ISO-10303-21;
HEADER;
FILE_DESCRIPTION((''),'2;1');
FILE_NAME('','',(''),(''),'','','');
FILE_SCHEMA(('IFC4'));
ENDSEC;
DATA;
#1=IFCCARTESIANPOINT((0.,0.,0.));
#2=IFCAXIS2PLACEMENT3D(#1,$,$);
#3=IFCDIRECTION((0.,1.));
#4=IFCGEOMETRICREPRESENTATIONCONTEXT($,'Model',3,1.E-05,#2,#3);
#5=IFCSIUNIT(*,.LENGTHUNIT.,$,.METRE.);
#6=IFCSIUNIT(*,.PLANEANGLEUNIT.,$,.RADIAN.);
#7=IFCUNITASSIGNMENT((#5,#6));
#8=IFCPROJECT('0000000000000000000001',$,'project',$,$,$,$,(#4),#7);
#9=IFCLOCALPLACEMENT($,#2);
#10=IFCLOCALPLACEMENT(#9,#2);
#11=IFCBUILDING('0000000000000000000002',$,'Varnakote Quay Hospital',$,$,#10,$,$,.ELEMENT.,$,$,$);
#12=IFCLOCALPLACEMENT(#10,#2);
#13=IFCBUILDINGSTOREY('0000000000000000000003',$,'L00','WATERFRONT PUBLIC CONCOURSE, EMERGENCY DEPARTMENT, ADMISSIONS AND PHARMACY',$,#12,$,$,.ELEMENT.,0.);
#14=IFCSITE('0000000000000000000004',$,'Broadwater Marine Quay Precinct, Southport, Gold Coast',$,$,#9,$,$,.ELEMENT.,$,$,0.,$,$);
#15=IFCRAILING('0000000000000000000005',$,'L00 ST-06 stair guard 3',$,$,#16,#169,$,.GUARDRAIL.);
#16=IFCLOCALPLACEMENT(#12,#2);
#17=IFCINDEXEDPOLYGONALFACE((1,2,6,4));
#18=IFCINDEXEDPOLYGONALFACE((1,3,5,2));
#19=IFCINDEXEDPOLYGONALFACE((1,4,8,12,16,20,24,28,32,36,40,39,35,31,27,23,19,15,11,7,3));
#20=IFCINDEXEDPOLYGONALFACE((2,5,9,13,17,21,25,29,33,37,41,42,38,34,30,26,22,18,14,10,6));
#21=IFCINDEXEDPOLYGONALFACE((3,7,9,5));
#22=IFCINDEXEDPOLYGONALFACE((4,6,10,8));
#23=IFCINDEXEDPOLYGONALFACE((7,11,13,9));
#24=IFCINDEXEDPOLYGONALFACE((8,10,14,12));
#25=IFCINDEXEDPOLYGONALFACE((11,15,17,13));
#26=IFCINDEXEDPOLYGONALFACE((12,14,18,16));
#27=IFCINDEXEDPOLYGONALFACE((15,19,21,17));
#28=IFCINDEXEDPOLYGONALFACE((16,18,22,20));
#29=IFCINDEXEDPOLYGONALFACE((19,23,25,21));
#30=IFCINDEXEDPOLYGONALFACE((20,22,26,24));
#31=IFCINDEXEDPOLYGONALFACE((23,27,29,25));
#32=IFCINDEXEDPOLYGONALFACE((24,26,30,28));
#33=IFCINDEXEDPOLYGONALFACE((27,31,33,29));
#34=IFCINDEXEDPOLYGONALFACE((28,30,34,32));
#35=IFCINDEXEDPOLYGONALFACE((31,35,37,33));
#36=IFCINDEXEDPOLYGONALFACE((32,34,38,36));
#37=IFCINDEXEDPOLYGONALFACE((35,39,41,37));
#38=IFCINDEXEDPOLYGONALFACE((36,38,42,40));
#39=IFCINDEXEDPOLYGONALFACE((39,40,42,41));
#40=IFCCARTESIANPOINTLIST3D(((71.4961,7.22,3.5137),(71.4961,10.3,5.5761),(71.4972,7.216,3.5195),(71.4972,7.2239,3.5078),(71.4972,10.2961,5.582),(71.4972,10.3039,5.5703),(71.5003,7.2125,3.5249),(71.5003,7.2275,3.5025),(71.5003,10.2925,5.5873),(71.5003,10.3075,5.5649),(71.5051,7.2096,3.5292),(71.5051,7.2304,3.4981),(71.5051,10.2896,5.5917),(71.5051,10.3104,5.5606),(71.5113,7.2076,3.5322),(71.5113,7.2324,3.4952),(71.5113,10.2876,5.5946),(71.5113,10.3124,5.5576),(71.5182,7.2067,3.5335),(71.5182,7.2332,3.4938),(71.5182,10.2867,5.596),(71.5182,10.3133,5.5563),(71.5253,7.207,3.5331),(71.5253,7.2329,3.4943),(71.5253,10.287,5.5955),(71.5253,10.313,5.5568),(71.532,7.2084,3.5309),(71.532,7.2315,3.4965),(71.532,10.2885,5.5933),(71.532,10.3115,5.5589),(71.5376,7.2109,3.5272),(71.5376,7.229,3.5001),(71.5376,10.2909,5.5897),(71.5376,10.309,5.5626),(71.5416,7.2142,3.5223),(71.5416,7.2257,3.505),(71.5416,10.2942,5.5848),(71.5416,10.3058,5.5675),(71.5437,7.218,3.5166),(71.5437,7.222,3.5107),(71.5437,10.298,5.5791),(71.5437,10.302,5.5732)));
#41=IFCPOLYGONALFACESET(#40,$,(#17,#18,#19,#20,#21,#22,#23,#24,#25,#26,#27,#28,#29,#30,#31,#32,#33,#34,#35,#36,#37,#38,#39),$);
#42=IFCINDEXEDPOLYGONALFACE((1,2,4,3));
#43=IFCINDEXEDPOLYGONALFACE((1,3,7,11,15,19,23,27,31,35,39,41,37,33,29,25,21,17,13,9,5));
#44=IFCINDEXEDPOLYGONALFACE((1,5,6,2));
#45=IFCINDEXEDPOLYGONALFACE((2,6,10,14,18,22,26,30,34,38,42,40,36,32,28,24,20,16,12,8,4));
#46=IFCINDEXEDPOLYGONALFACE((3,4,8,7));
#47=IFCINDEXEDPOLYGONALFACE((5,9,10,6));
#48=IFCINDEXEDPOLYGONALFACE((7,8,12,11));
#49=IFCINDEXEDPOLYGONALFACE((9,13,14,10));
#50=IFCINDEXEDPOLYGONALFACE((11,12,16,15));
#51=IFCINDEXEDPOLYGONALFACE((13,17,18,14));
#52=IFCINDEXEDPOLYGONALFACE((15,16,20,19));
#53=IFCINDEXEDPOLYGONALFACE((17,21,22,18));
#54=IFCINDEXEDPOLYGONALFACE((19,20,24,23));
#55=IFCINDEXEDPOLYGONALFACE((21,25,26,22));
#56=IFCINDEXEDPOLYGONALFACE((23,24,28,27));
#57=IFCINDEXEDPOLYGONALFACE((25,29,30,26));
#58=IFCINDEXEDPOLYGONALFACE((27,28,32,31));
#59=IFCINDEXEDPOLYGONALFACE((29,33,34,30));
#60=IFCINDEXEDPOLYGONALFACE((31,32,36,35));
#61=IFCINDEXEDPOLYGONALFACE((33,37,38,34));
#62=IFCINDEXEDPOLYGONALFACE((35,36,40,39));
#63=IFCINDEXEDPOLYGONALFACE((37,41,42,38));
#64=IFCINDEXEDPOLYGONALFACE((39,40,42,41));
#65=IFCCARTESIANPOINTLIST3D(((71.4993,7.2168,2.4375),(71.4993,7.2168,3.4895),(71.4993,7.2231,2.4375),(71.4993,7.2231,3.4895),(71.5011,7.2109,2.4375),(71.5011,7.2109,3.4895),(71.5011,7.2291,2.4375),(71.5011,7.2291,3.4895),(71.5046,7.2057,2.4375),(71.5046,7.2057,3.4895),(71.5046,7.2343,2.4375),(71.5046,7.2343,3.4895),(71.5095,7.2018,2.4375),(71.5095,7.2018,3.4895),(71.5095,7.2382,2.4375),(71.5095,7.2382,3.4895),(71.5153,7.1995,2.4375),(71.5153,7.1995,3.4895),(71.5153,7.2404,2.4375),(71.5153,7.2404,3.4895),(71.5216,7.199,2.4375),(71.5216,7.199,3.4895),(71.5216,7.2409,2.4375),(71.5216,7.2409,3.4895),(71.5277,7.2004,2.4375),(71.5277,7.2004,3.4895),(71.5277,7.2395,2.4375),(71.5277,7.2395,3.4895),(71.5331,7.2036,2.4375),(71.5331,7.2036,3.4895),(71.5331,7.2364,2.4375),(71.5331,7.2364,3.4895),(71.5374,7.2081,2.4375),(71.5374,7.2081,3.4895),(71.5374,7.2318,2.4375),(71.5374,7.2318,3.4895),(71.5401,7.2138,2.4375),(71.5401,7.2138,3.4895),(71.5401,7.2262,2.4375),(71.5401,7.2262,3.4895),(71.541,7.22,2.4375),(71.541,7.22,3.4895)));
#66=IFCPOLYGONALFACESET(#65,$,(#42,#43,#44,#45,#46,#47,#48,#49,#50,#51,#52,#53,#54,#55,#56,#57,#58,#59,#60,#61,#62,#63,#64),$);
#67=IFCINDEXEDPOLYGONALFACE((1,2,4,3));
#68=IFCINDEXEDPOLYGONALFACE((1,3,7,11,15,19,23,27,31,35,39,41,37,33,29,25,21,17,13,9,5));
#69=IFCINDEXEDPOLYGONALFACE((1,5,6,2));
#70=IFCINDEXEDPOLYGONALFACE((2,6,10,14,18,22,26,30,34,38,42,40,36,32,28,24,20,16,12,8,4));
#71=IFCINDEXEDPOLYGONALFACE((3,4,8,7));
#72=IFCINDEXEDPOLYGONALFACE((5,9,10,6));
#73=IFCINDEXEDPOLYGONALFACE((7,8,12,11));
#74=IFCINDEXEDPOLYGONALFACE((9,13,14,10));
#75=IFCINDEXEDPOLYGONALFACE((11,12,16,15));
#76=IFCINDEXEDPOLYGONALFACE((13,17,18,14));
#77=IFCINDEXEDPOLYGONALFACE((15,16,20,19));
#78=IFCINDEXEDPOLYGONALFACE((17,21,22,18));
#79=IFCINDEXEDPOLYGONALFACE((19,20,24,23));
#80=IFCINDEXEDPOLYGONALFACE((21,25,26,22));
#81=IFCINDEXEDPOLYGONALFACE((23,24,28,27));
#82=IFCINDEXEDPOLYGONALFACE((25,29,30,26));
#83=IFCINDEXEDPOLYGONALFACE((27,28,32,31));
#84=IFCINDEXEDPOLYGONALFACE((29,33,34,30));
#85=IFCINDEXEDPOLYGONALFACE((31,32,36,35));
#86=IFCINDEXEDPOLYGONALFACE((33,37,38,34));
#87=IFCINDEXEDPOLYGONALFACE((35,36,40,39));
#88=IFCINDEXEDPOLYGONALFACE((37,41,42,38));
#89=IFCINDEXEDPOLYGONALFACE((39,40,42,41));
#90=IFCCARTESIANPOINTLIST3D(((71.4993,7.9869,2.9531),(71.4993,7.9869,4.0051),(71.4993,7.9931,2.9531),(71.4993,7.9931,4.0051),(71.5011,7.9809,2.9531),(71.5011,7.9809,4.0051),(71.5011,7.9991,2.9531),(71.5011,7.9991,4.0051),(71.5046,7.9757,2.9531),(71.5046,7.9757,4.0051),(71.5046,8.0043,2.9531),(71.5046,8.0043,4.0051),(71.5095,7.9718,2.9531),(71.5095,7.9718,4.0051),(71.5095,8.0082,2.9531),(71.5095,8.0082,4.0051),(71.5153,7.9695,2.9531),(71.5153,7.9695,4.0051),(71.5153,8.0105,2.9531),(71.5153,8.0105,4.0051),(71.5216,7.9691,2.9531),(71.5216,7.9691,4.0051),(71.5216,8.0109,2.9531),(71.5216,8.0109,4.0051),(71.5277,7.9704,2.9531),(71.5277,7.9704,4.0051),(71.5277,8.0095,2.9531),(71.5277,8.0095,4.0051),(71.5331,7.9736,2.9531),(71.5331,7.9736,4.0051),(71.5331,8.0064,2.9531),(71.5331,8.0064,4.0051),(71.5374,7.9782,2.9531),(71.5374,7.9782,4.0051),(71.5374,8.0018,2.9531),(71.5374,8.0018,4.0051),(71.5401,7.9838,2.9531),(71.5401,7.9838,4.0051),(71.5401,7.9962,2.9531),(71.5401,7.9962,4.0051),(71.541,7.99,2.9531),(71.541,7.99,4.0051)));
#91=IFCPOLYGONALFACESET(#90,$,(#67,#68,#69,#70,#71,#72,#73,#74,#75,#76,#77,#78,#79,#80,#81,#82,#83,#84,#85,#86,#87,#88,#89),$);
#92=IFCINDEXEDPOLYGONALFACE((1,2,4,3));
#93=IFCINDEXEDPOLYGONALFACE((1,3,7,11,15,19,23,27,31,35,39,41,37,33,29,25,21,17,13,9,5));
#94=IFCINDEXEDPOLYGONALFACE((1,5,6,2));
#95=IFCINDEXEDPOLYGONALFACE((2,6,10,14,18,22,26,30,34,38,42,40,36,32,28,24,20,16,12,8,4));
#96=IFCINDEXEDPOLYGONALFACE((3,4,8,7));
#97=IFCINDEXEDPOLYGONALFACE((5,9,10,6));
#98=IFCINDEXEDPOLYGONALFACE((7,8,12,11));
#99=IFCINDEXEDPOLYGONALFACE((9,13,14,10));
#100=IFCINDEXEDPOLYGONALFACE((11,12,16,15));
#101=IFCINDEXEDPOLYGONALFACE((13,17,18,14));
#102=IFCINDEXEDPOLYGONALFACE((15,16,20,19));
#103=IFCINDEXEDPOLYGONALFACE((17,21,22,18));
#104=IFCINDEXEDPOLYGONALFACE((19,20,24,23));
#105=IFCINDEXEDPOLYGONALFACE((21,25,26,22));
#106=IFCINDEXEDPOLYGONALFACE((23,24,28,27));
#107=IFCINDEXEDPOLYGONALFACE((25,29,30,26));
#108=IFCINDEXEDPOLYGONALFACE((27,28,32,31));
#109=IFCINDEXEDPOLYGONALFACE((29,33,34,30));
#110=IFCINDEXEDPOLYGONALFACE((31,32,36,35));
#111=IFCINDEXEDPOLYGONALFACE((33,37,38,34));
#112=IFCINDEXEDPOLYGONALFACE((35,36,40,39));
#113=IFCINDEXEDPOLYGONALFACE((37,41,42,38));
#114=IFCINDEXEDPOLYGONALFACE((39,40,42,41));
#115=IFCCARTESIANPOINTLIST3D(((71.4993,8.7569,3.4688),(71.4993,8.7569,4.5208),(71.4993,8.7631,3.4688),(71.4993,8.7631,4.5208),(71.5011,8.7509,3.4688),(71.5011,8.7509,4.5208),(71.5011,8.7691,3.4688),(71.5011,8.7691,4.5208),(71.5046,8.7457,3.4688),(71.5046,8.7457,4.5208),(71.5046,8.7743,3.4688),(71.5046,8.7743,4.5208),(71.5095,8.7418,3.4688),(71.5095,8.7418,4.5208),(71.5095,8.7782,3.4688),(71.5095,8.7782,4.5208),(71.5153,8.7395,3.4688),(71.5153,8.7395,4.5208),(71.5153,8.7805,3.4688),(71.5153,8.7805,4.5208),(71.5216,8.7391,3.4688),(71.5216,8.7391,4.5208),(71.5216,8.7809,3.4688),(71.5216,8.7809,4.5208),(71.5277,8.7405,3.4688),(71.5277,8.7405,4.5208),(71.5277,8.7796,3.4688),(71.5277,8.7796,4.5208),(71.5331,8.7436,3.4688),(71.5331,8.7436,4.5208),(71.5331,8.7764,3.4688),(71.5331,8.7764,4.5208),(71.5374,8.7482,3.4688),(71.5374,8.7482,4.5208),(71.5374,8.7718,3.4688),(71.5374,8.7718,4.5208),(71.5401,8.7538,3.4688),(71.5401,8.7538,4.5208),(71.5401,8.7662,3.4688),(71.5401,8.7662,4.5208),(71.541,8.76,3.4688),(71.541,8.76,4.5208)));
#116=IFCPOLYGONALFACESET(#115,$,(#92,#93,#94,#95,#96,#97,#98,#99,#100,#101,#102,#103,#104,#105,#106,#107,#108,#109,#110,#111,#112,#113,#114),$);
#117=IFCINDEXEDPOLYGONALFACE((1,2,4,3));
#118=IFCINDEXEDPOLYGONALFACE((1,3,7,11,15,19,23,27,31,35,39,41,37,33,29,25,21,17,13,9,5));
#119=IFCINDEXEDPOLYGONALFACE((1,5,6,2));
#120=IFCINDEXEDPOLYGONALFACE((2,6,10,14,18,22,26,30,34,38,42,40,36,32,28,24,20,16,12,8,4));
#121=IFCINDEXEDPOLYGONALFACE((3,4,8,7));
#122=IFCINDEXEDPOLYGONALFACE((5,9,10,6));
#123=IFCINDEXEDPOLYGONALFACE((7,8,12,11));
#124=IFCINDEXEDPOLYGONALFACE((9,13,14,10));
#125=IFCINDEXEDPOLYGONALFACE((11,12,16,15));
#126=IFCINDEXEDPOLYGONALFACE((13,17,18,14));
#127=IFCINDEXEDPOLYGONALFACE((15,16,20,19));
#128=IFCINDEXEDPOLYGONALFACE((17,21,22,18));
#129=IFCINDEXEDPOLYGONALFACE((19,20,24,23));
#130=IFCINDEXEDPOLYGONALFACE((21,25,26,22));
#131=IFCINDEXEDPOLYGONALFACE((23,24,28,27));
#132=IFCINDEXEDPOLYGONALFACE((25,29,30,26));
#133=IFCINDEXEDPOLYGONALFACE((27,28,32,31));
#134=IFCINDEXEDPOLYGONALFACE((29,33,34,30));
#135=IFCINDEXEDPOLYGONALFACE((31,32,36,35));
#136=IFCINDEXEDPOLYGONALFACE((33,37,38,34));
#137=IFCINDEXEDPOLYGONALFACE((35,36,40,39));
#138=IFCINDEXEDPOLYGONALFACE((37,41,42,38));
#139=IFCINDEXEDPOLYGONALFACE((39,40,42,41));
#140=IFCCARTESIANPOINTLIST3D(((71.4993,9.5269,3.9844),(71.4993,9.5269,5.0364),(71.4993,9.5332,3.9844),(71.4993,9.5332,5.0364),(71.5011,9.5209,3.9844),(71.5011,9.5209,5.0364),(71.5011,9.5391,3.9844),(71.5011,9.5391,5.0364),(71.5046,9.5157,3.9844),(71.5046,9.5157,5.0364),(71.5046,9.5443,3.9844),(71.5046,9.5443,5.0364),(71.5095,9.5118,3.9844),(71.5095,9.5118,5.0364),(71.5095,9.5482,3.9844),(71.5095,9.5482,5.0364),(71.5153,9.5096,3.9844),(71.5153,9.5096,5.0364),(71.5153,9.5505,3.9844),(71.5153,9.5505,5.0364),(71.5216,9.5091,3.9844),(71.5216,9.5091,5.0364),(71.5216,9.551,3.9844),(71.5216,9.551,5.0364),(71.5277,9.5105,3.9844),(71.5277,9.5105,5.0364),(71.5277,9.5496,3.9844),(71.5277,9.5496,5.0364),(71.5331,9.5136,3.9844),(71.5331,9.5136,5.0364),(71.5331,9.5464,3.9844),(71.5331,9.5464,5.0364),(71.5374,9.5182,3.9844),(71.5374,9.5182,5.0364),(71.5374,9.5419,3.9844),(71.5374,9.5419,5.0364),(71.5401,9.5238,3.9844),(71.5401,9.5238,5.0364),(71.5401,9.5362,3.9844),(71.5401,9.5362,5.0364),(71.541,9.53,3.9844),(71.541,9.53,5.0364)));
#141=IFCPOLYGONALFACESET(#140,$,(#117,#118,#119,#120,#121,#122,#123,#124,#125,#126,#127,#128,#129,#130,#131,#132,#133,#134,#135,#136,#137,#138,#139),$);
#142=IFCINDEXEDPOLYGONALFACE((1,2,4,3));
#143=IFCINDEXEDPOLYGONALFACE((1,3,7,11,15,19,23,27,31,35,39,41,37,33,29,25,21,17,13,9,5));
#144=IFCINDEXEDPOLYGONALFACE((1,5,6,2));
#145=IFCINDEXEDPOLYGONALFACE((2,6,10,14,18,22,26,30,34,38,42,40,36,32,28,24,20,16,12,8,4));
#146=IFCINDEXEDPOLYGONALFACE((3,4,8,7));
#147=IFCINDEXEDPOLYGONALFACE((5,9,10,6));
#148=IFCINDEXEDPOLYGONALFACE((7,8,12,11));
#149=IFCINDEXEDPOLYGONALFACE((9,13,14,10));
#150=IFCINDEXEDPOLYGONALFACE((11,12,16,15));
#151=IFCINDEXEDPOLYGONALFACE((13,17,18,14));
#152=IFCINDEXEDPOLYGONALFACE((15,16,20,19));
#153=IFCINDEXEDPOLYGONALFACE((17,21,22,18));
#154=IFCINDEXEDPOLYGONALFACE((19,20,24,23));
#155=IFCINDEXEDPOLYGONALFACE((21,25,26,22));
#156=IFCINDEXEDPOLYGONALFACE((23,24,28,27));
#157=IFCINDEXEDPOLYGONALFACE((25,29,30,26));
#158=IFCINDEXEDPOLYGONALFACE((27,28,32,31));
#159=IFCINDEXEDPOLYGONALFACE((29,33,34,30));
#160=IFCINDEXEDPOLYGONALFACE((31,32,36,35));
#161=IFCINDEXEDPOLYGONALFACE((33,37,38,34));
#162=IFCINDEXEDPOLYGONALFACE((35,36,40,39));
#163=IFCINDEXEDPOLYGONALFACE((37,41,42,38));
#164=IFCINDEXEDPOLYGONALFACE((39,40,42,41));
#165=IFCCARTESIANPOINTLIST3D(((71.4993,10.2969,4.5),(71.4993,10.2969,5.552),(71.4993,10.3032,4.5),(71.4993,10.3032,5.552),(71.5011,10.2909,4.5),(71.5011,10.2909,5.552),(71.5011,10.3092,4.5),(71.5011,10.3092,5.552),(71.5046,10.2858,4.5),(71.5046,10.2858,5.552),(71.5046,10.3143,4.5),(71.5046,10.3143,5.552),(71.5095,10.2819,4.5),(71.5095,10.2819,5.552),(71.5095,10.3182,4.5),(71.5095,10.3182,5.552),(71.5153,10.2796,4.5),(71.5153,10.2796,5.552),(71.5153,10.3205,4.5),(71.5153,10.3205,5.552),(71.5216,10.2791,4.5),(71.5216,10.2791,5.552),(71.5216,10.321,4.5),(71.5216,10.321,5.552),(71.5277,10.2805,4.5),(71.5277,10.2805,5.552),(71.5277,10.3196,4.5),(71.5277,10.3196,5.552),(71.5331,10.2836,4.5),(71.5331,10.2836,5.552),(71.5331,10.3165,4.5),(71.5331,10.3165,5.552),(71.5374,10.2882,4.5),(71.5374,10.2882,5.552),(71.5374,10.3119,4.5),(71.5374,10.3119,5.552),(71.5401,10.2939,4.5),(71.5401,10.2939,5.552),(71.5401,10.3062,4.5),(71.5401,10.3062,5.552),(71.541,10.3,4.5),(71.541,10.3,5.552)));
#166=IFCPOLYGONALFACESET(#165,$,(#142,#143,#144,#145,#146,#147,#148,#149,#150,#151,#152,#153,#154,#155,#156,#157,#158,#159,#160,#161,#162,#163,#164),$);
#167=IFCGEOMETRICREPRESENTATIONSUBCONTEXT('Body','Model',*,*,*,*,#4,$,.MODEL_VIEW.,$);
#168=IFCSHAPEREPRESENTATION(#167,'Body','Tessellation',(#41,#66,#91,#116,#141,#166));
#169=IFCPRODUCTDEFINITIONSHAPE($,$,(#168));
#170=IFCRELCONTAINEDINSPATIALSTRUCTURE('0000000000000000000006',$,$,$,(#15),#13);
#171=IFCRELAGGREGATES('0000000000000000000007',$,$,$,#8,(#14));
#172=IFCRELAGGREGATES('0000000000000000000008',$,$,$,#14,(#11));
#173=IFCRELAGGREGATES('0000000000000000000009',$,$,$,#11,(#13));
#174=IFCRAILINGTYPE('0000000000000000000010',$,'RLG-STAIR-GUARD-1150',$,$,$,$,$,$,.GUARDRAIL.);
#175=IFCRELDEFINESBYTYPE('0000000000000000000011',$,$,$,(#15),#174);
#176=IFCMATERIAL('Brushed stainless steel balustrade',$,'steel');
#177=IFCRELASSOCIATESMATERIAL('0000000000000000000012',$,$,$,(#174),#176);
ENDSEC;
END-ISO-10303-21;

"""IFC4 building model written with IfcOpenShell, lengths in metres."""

from ifc_helpers import new_model, si_unit, direction, frame, origin, origin_2d, place, context, subcontext, project, spatial, circle, extrude, material, type_object, element, save


model = new_model("IFC4")

# Units and contexts
model_context = context("Model", 3, precision=1e-05, world=origin(), true_north=direction((0.0, 1.0)))
body_context = subcontext(model_context, "Body", "Model", "MODEL_VIEW")
ifc_project = project(units=[si_unit("LENGTHUNIT", "METRE"), si_unit("PLANEANGLEUNIT", "RADIAN")], contexts=[model_context])

# Site, building, storey
site_placement = place(None, origin())
site = spatial("IfcSite", under=ifc_project, at=site_placement, Name="Broadwater Marine Quay Precinct, Southport, Gold Coast", CompositionType="ELEMENT", RefElevation=0.0)
building_placement = place(site_placement, origin())
building = spatial("IfcBuilding", under=site, at=building_placement, Name="Varnakote Quay Hospital", CompositionType="ELEMENT")
storey_placement = place(building_placement, origin())
storey = spatial("IfcBuildingStorey", under=building, at=storey_placement, Name="L00", Description="WATERFRONT PUBLIC CONCOURSE, EMERGENCY DEPARTMENT, ADMISSIONS AND PHARMACY", CompositionType="ELEMENT", Elevation=0.0)

# Railing
ifc_material_1 = material(Name="Brushed stainless steel balustrade", Category="steel")
railing_type_1 = type_object("IfcRailingType", Name="RLG-STAIR-GUARD-1150", PredefinedType="GUARDRAIL", material=ifc_material_1)
railing_1_placement = place(storey_placement, frame((71.52, 7.22, 2.4375)))
element("IfcRailing", 1, at=railing_1_placement, inside=storey, type_object=railing_type_1, Name="L00 ST-06 stair guard 3", PredefinedType="GUARDRAIL", context=body_context, shape_type="SweptSolid", body=[
    extrude(circle(Radius=0.0239, at=origin_2d()), frame((0.0, 0.0, 1.0762), z_axis=(0.0, 0.830914, 0.556401), x_axis=(-1.0, 0.0, 0.0)), (0.0, 0.0, 1.0), 3.7068),
    extrude(circle(Radius=0.021, at=origin_2d()), origin(), (0.0, 0.0, 1.0), 1.052),
    extrude(circle(Radius=0.021, at=origin_2d()), frame((0.0, 0.77, 0.5156)), (0.0, 0.0, 1.0), 1.052),
    extrude(circle(Radius=0.021, at=origin_2d()), frame((0.0, 1.54, 1.0312)), (0.0, 0.0, 1.0), 1.052),
    extrude(circle(Radius=0.021, at=origin_2d()), frame((0.0, 2.3101, 1.5469)), (0.0, 0.0, 1.0), 1.052),
    extrude(circle(Radius=0.021, at=origin_2d()), frame((0.0, 3.0801, 2.0625)), (0.0, 0.0, 1.0), 1.052),
])

save(model, "model.ifc")
